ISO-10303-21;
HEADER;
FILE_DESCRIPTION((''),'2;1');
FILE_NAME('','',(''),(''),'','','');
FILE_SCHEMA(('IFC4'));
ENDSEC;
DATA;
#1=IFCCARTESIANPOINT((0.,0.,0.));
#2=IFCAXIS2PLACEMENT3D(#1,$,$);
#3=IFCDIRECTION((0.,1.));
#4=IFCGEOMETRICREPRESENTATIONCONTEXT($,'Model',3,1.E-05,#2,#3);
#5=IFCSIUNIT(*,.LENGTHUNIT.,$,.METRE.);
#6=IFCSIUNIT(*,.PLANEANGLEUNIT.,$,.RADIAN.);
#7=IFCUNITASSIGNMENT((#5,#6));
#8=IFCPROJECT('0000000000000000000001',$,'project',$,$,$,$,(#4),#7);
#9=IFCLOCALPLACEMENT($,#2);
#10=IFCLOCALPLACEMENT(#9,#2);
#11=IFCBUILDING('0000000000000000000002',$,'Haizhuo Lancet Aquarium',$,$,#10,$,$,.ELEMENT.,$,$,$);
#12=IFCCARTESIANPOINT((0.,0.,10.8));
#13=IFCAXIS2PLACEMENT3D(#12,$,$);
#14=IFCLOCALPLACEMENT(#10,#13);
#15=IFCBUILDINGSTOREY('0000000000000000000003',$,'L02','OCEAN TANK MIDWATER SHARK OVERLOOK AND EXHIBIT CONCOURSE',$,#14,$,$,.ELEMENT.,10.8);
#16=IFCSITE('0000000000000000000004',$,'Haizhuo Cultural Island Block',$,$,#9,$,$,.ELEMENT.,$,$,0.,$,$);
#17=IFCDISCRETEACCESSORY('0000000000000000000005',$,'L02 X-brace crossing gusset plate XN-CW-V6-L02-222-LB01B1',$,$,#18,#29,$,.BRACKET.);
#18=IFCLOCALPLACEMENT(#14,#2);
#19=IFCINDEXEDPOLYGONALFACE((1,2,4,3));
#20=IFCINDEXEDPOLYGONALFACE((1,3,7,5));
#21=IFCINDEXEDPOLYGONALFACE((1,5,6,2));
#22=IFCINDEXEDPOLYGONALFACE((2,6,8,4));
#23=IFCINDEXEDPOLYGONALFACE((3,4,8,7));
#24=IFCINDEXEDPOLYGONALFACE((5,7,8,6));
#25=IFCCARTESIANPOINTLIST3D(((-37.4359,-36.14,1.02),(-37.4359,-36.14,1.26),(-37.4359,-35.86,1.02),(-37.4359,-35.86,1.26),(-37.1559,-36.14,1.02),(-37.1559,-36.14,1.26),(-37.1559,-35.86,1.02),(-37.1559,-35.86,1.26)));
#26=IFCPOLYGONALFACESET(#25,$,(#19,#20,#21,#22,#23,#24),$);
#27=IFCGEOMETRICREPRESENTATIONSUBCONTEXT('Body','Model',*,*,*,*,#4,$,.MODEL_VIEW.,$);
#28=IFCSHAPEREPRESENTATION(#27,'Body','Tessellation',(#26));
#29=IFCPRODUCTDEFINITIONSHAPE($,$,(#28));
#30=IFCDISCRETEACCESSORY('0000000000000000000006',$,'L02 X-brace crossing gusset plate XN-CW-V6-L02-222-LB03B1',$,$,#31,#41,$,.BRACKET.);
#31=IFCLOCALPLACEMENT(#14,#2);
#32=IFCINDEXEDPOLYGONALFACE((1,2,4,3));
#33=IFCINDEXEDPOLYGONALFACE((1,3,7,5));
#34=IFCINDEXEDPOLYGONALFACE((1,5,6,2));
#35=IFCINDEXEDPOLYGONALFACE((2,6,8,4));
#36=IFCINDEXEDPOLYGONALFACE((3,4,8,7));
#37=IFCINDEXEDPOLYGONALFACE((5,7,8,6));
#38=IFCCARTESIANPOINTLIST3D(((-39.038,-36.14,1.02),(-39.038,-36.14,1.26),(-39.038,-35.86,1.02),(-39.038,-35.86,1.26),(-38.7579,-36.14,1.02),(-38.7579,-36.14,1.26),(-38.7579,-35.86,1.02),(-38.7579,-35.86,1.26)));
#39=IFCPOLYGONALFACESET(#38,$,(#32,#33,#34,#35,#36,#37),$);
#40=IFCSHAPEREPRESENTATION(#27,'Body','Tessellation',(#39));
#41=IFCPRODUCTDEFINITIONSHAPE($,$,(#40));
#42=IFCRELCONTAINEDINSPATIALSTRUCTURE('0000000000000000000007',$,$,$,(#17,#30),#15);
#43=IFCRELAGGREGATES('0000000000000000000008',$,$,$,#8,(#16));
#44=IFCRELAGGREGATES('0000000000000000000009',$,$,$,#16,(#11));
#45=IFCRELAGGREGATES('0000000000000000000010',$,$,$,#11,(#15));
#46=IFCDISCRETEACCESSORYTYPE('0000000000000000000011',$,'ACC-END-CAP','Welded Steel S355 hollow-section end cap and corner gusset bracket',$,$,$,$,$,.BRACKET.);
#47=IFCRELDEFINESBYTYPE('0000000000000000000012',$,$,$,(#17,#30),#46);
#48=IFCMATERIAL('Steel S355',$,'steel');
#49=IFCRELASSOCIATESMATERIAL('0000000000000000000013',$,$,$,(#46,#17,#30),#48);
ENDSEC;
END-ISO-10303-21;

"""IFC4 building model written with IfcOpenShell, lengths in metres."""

from ifc_helpers import new_model, si_unit, direction, frame, origin, origin_2d, place, context, subcontext, project, spatial, rectangle, extrude, material, type_object, element, save


model = new_model("IFC4")

# Units and contexts
model_context = context("Model", 3, precision=1e-05, world=origin(), true_north=direction((0.0, 1.0)))
body_context = subcontext(model_context, "Body", "Model", "MODEL_VIEW")
ifc_project = project(units=[si_unit("LENGTHUNIT", "METRE"), si_unit("PLANEANGLEUNIT", "RADIAN")], contexts=[model_context])

# Site, building, storey
site_placement = place(None, origin())
site = spatial("IfcSite", under=ifc_project, at=site_placement, Name="Haizhuo Cultural Island Block", CompositionType="ELEMENT", RefElevation=0.0)
building_placement = place(site_placement, origin())
building = spatial("IfcBuilding", under=site, at=building_placement, Name="Haizhuo Lancet Aquarium", CompositionType="ELEMENT")
storey_placement = place(building_placement, frame((0.0, 0.0, 10.8)))
storey = spatial("IfcBuildingStorey", under=building, at=storey_placement, Name="L02", Description="OCEAN TANK MIDWATER SHARK OVERLOOK AND EXHIBIT CONCOURSE", CompositionType="ELEMENT", Elevation=10.8)

# Shared definitions
ifc_material_1 = material(Name="Steel S355", Category="steel")

# Discrete accessories
discrete_accessory_type = type_object("IfcDiscreteAccessoryType", Name="ACC-END-CAP", Description="Welded Steel S355 hollow-section end cap and corner gusset bracket", PredefinedType="BRACKET", material=ifc_material_1)
for number, where, z_axis, x_axis, name in (
    (1, (-37.2959, -36.0, 1.02), (0.0, 0.0, 1.0), (1.0, 0.0, 0.0), "L02 X-brace crossing gusset plate XN-CW-V6-L02-222-LB01B1"),
    (2, (-38.8979, -36.0, 1.02), (0.0, 0.0, 1.0), (1.0, 0.0, 0.0), "L02 X-brace crossing gusset plate XN-CW-V6-L02-222-LB03B1"),
):
    element("IfcDiscreteAccessory", number, at=place(storey_placement, frame(where, z_axis=z_axis, x_axis=x_axis)), inside=storey, type_object=discrete_accessory_type, material=ifc_material_1, Name=name, PredefinedType="BRACKET", context=body_context, shape_type="SweptSolid", body=[
        extrude(rectangle(XDim=0.28, YDim=0.28, at=origin_2d()), origin(), (0.0, 0.0, 1.0), 0.24),
    ])

save(model, "model.ifc")
